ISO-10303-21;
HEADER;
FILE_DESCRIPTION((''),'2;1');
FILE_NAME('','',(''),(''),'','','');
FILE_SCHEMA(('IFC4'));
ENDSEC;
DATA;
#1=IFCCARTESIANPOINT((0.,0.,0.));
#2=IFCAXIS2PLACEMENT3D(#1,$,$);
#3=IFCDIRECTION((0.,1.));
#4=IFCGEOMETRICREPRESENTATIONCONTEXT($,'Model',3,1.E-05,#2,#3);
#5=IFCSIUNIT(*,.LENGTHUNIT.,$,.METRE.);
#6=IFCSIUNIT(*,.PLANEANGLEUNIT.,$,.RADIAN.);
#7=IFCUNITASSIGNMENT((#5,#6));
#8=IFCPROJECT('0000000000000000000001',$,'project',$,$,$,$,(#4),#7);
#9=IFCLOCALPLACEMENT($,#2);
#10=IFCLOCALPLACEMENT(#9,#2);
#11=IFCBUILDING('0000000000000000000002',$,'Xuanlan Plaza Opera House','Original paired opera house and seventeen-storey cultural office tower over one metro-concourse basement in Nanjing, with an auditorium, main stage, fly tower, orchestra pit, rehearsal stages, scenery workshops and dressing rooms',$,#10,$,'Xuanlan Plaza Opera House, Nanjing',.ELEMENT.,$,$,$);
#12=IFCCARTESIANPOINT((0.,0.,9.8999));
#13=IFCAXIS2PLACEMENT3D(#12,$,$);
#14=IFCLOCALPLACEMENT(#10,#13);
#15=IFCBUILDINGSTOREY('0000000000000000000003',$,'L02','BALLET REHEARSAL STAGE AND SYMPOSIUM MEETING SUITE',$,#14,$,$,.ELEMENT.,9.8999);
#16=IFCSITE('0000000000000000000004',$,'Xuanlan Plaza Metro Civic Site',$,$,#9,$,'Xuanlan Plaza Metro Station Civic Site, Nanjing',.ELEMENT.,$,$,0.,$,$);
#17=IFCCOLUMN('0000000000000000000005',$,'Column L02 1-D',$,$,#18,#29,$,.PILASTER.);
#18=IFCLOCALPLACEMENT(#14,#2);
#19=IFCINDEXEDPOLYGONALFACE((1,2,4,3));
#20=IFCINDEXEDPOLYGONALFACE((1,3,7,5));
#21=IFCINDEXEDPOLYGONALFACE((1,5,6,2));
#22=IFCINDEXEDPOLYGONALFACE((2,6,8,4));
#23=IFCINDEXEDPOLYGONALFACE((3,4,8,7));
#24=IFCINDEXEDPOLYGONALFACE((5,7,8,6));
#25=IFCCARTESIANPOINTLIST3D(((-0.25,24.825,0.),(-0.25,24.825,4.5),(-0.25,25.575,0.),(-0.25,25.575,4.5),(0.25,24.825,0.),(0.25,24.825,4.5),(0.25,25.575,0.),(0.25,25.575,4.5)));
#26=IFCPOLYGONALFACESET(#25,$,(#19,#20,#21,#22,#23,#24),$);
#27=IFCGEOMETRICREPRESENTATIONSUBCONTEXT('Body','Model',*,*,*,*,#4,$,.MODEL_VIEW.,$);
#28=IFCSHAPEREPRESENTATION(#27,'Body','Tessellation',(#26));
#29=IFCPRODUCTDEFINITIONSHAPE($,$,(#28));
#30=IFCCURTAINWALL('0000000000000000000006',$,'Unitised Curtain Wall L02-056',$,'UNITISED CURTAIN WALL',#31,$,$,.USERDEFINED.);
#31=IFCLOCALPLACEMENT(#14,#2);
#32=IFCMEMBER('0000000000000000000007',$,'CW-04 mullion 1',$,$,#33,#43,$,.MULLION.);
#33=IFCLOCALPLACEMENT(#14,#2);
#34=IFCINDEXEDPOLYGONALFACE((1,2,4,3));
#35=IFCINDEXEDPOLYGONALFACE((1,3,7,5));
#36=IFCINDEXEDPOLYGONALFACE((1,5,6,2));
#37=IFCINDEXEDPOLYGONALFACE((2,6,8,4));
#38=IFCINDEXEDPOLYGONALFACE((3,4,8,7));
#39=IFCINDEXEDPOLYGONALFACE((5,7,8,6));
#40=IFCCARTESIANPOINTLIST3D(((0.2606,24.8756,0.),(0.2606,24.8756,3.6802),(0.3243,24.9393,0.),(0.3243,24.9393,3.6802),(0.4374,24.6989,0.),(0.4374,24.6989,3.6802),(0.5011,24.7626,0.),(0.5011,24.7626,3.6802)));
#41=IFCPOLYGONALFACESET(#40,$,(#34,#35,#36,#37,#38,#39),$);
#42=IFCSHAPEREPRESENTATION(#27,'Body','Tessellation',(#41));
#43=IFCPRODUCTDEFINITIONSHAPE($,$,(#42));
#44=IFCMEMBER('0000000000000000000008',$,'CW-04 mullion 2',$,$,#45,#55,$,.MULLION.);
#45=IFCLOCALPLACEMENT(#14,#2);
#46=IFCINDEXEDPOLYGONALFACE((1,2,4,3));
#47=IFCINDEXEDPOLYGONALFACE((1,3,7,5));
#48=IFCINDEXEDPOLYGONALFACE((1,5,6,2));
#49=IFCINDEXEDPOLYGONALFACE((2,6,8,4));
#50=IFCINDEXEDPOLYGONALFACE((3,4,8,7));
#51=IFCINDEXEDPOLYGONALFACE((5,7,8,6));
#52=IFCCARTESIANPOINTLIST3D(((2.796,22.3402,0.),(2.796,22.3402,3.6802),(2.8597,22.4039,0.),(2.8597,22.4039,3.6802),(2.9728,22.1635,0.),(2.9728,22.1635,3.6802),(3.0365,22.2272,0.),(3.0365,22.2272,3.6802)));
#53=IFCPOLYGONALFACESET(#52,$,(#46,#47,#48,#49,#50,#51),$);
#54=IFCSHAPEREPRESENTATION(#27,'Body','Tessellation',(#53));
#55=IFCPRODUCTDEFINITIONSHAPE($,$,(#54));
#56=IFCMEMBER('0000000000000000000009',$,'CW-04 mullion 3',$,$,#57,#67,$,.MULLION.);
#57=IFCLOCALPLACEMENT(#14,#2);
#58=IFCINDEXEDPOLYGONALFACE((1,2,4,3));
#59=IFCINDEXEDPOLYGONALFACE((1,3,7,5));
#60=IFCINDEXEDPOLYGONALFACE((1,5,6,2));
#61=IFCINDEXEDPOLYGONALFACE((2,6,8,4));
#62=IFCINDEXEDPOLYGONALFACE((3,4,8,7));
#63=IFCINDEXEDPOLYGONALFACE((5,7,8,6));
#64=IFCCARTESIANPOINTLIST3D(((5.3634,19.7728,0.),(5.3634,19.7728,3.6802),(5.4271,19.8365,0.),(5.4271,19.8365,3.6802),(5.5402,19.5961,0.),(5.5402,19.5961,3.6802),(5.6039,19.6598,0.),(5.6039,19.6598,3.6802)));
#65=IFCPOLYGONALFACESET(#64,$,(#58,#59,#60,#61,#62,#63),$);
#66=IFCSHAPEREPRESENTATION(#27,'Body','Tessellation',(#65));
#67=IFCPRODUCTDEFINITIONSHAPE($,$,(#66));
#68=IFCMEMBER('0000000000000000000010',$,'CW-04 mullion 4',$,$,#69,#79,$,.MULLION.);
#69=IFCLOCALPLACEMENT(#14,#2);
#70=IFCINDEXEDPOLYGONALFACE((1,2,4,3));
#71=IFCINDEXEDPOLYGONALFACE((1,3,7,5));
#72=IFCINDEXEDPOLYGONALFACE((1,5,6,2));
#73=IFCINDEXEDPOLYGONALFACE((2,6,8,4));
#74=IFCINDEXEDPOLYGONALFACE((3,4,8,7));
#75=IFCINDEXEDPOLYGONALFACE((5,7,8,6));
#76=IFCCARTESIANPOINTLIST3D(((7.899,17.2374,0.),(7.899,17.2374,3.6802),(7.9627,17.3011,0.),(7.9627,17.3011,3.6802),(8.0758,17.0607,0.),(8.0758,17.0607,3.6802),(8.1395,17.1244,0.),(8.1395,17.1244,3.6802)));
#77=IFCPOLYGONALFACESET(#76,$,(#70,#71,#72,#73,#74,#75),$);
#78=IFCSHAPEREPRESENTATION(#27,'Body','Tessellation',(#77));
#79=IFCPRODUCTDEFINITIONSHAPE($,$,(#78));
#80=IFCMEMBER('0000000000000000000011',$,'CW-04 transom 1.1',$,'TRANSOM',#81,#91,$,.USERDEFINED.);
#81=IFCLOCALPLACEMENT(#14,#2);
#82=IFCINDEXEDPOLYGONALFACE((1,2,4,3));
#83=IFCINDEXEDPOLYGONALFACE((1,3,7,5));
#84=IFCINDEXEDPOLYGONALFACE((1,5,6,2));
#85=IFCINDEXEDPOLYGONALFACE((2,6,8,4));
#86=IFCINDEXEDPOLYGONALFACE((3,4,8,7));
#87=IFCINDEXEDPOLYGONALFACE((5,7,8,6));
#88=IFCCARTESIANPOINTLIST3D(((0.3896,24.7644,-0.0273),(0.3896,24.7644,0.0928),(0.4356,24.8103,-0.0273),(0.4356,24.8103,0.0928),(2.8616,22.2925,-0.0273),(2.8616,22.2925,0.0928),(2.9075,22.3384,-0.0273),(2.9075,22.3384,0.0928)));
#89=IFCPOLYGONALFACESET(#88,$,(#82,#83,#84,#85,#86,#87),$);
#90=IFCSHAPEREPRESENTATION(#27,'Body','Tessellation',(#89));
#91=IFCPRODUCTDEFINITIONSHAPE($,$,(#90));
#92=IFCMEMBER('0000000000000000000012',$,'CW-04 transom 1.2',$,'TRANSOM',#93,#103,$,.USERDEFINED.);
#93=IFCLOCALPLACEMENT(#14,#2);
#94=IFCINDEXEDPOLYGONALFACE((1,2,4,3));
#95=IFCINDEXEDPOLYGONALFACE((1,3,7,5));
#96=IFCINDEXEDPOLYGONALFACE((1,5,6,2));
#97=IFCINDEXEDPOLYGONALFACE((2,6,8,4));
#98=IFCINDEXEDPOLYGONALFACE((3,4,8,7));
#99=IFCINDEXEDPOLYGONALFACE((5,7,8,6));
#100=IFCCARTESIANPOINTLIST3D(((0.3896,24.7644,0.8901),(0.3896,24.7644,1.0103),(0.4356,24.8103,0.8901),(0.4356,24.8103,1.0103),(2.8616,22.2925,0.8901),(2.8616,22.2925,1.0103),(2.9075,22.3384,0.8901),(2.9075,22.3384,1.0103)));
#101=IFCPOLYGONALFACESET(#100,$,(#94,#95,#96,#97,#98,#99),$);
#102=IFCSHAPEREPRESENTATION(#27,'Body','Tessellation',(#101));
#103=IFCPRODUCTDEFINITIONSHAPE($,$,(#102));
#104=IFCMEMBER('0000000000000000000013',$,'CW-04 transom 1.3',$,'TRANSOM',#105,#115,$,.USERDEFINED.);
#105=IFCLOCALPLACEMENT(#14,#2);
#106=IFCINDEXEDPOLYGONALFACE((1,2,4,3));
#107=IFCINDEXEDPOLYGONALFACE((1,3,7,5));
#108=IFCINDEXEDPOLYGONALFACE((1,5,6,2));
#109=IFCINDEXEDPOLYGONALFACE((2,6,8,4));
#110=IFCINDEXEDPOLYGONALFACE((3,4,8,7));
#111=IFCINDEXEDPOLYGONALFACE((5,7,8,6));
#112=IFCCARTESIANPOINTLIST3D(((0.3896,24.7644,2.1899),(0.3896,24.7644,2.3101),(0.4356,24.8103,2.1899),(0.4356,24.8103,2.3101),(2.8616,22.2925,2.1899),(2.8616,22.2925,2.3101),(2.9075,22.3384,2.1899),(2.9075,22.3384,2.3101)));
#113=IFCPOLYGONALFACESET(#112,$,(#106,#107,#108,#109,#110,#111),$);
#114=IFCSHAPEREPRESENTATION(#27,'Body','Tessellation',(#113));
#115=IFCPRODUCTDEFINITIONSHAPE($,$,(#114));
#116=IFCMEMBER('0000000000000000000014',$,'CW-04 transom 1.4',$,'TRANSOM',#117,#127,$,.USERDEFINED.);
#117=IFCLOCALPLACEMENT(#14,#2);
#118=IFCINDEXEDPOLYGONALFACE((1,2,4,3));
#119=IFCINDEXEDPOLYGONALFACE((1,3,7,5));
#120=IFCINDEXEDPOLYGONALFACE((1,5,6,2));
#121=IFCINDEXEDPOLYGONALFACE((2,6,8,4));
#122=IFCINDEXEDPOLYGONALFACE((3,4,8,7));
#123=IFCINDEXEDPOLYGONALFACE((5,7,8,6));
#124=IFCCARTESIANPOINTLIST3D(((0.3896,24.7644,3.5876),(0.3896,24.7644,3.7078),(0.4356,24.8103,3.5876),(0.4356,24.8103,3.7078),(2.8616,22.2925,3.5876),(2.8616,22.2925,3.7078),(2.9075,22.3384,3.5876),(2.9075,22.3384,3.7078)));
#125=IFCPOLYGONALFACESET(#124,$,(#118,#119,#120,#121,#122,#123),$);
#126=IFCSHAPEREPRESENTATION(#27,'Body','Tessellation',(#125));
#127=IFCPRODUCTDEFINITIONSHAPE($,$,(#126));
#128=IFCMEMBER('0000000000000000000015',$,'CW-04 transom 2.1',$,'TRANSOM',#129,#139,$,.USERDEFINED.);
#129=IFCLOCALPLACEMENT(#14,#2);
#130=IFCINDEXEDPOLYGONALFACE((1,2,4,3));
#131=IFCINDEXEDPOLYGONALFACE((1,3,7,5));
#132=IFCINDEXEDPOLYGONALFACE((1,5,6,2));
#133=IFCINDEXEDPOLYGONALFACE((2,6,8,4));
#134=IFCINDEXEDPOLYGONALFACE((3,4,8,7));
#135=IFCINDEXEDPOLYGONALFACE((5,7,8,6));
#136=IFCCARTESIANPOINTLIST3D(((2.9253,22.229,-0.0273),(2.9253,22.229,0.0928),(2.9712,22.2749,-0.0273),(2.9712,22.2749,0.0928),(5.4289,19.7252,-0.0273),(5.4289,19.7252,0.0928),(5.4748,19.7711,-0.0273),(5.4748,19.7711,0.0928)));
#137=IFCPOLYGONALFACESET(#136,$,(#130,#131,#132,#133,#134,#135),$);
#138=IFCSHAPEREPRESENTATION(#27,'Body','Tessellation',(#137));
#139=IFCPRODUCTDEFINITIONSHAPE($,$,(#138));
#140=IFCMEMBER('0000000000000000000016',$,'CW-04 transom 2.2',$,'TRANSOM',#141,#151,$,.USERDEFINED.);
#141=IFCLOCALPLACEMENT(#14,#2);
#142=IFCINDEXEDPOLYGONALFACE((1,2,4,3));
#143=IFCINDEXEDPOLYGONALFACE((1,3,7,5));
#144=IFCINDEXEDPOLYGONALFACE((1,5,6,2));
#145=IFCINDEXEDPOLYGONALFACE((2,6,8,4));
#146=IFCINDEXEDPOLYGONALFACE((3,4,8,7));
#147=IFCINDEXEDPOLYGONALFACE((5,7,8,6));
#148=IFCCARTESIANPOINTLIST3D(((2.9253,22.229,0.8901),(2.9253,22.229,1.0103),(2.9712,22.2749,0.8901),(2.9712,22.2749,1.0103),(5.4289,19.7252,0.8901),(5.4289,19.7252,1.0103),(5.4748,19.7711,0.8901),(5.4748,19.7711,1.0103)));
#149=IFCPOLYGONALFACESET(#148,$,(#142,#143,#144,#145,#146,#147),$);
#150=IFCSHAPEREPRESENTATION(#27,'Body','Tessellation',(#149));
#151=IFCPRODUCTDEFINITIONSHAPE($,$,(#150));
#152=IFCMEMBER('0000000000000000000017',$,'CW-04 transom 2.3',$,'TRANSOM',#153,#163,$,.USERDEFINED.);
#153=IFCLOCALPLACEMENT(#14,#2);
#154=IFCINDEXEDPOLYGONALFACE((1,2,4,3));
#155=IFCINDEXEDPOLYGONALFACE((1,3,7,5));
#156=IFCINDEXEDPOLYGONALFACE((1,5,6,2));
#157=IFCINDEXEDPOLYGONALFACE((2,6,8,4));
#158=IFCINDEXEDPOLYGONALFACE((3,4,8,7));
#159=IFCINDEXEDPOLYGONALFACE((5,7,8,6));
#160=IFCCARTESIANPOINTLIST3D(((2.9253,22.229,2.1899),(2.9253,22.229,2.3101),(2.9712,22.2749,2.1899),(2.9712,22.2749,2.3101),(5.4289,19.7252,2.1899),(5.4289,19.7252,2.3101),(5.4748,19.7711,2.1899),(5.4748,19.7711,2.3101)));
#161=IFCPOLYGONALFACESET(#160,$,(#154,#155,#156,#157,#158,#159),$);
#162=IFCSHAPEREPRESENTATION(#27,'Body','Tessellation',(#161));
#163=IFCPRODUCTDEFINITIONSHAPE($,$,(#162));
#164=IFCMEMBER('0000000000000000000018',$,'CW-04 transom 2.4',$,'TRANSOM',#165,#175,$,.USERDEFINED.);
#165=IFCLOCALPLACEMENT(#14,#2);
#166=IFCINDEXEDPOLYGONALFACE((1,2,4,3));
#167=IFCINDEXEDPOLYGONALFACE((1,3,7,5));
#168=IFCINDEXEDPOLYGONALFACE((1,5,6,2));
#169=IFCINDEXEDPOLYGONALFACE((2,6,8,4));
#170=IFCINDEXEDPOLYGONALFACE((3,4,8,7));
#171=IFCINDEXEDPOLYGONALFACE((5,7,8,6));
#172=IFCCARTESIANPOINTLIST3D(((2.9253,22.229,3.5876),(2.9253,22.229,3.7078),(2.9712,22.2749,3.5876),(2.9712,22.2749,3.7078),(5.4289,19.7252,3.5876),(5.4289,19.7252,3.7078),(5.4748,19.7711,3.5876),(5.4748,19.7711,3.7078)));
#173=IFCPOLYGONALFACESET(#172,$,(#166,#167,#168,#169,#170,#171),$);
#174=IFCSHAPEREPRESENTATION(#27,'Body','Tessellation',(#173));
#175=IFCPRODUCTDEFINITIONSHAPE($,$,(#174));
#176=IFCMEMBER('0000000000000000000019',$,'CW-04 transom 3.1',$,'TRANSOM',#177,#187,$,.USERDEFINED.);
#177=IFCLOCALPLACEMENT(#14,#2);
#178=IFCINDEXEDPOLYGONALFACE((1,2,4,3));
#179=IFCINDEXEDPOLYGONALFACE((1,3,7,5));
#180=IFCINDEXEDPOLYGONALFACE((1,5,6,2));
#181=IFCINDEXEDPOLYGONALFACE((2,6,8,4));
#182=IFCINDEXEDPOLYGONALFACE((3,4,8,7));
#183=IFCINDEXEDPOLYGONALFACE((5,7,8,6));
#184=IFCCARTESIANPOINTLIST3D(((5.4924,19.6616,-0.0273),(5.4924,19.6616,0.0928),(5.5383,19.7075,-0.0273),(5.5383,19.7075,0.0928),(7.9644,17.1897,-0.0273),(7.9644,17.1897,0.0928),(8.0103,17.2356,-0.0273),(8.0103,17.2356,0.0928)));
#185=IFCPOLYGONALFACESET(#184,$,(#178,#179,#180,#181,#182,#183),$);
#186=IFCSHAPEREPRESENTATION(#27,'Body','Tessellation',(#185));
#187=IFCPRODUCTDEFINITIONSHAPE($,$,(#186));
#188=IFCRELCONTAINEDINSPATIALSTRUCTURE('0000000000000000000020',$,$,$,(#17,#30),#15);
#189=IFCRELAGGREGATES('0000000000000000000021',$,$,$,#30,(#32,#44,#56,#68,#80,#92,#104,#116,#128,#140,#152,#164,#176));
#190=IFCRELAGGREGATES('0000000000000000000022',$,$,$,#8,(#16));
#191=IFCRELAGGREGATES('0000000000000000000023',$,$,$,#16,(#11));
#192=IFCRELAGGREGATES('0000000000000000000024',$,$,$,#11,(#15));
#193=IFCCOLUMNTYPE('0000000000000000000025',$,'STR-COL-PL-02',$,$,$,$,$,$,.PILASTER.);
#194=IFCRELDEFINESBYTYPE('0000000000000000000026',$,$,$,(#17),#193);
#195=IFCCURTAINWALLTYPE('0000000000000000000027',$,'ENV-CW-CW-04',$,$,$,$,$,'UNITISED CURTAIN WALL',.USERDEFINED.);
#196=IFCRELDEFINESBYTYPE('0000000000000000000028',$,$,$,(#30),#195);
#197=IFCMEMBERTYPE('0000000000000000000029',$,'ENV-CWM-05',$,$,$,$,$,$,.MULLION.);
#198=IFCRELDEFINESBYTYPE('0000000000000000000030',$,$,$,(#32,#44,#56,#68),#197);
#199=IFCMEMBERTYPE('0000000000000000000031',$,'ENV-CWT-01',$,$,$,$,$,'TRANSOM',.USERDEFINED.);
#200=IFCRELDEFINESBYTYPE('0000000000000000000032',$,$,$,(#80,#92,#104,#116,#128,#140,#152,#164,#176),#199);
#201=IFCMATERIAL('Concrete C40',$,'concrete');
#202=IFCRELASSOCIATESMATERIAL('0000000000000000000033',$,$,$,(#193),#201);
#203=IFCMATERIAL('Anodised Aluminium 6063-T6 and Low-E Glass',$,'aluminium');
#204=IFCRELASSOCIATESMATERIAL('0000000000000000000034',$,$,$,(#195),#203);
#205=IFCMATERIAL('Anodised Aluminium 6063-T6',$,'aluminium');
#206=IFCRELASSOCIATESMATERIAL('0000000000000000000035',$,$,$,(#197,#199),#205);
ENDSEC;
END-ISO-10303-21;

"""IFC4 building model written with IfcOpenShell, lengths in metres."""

from ifc_helpers import new_model, si_unit, direction, frame, origin, origin_2d, place, context, subcontext, project, spatial, rectangle, extrude, material, material_profile, profile_set, type_object, element, aggregate, save


model = new_model("IFC4")

# Units and contexts
model_context = context("Model", 3, precision=1e-05, world=origin(), true_north=direction((0.0, 1.0)))
body_context = subcontext(model_context, "Body", "Model", "MODEL_VIEW")
ifc_project = project(units=[si_unit("LENGTHUNIT", "METRE"), si_unit("PLANEANGLEUNIT", "RADIAN")], contexts=[model_context])

# Site, building, storey
site_placement = place(None, origin())
site = spatial("IfcSite", under=ifc_project, at=site_placement, Name="Xuanlan Plaza Metro Civic Site", LongName="Xuanlan Plaza Metro Station Civic Site, Nanjing", CompositionType="ELEMENT", RefElevation=0.0)
building_placement = place(site_placement, origin())
building = spatial("IfcBuilding", under=site, at=building_placement, Name="Xuanlan Plaza Opera House", Description="Original paired opera house and seventeen-storey cultural office tower over one metro-concourse basement in Nanjing, with an auditorium, main stage, fly tower, orchestra pit, rehearsal stages, scenery workshops and dressing rooms", LongName="Xuanlan Plaza Opera House, Nanjing", CompositionType="ELEMENT")
storey_placement = place(building_placement, frame((0.0, 0.0, 9.8999)))
storey = spatial("IfcBuildingStorey", under=building, at=storey_placement, Name="L02", Description="BALLET REHEARSAL STAGE AND SYMPOSIUM MEETING SUITE", CompositionType="ELEMENT", Elevation=9.8999)

# Column
ifc_material_1 = material(Name="Concrete C40", Category="concrete")
ifc_material_profile_1 = material_profile(ifc_material_1, rectangle(XDim=0.5, YDim=0.75, at=origin_2d()), Name="RC-PIL 500x750")
ifc_profile_set_1 = profile_set([ifc_material_profile_1], Name="Concrete C40")
column_type = type_object("IfcColumnType", Name="STR-COL-PL-02", PredefinedType="PILASTER", material=ifc_profile_set_1)
column_placement = place(storey_placement, frame((0.0, 25.2, 0.0), z_axis=(0.0, 0.0, 1.0), x_axis=(1.0, 0.0, 0.0)))
element("IfcColumn", 1, at=column_placement, inside=storey, type_object=column_type, Name="Column L02 1-D", PredefinedType="PILASTER", context=body_context, shape_type="SweptSolid", body=[
    extrude(rectangle(XDim=0.5, YDim=0.75, at=origin_2d()), origin(), (0.0, 0.0, 1.0), 4.5),
])

# Curtain wall, members
ifc_material_2 = material(Name="Anodised Aluminium 6063-T6 and Low-E Glass", Category="aluminium")
curtain_wall_type = type_object("IfcCurtainWallType", Name="ENV-CW-CW-04", ElementType="UNITISED CURTAIN WALL", PredefinedType="USERDEFINED", material=ifc_material_2)
curtain_wall_placement = place(storey_placement, origin())
curtain_wall = element("IfcCurtainWall", 2, at=curtain_wall_placement, inside=storey, type_object=curtain_wall_type, Name="Unitised Curtain Wall L02-056", ObjectType="UNITISED CURTAIN WALL", PredefinedType="USERDEFINED")
ifc_material_3 = material(Name="Anodised Aluminium 6063-T6", Category="aluminium")
ifc_material_profile_2 = material_profile(ifc_material_3, rectangle(XDim=0.0901, YDim=0.25, at=origin_2d()), Name="ALU-M 90x250")
ifc_profile_set_2 = profile_set([ifc_material_profile_2], Name="Anodised Aluminium 6063-T6")
member_type_1 = type_object("IfcMemberType", Name="ENV-CWM-05", PredefinedType="MULLION", material=ifc_profile_set_2)
member_1_placement = place(storey_placement, frame((0.3809, 24.8191, 0.0), z_axis=(0.0, 0.0, 1.0), x_axis=(0.707107, 0.707107, 0.0)))
member_1 = element("IfcMember", 3, at=member_1_placement, type_object=member_type_1, Name="CW-04 mullion 1", PredefinedType="MULLION", context=body_context, shape_type="SweptSolid", body=[
    extrude(rectangle(XDim=0.0901, YDim=0.25, at=origin_2d()), origin(), (0.0, 0.0, 1.0), 3.6802),
])
member_2_placement = place(storey_placement, frame((2.9163, 22.2837, 0.0), z_axis=(0.0, 0.0, 1.0), x_axis=(0.707107, 0.707107, 0.0)))
member_2 = element("IfcMember", 4, at=member_2_placement, type_object=member_type_1, Name="CW-04 mullion 2", PredefinedType="MULLION", context=body_context, shape_type="SweptSolid", body=[
    extrude(rectangle(XDim=0.0901, YDim=0.25, at=origin_2d()), origin(), (0.0, 0.0, 1.0), 3.6802),
])
member_3_placement = place(storey_placement, frame((5.4836, 19.7163, 0.0), z_axis=(0.0, 0.0, 1.0), x_axis=(0.707107, 0.707107, 0.0)))
member_3 = element("IfcMember", 5, at=member_3_placement, type_object=member_type_1, Name="CW-04 mullion 3", PredefinedType="MULLION", context=body_context, shape_type="SweptSolid", body=[
    extrude(rectangle(XDim=0.0901, YDim=0.25, at=origin_2d()), origin(), (0.0, 0.0, 1.0), 3.6802),
])
member_4_placement = place(storey_placement, frame((8.0193, 17.1809, 0.0), z_axis=(0.0, 0.0, 1.0), x_axis=(0.707107, 0.707107, 0.0)))
member_4 = element("IfcMember", 6, at=member_4_placement, type_object=member_type_1, Name="CW-04 mullion 4", PredefinedType="MULLION", context=body_context, shape_type="SweptSolid", body=[
    extrude(rectangle(XDim=0.0901, YDim=0.25, at=origin_2d()), origin(), (0.0, 0.0, 1.0), 3.6802),
])
ifc_material_profile_3 = material_profile(ifc_material_3, rectangle(XDim=0.0649, YDim=0.1201, at=origin_2d()), Name="ALU-T 65x120")
ifc_profile_set_3 = profile_set([ifc_material_profile_3], Name="Anodised Aluminium 6063-T6")
member_type_2 = type_object("IfcMemberType", Name="ENV-CWT-01", ElementType="TRANSOM", PredefinedType="USERDEFINED", material=ifc_profile_set_3)
member_5_placement = place(storey_placement, frame((0.4126, 24.7874, 0.0327), z_axis=(0.707107, -0.707107, 0.0), x_axis=(0.707107, 0.707107, 0.0)))
member_5 = element("IfcMember", 7, at=member_5_placement, type_object=member_type_2, Name="CW-04 transom 1.1", ObjectType="TRANSOM", PredefinedType="USERDEFINED", context=body_context, shape_type="SweptSolid", body=[
    extrude(rectangle(XDim=0.0649, YDim=0.1201, at=origin_2d()), origin(), (0.0, 0.0, 1.0), 3.4958),
])
member_6_placement = place(storey_placement, frame((0.4126, 24.7874, 0.9502), z_axis=(0.707107, -0.707107, 0.0), x_axis=(0.707107, 0.707107, 0.0)))
member_6 = element("IfcMember", 8, at=member_6_placement, type_object=member_type_2, Name="CW-04 transom 1.2", ObjectType="TRANSOM", PredefinedType="USERDEFINED", context=body_context, shape_type="SweptSolid", body=[
    extrude(rectangle(XDim=0.0649, YDim=0.1201, at=origin_2d()), origin(), (0.0, 0.0, 1.0), 3.4958),
])
member_7_placement = place(storey_placement, frame((0.4126, 24.7874, 2.25), z_axis=(0.707107, -0.707107, 0.0), x_axis=(0.707107, 0.707107, 0.0)))
member_7 = element("IfcMember", 9, at=member_7_placement, type_object=member_type_2, Name="CW-04 transom 1.3", ObjectType="TRANSOM", PredefinedType="USERDEFINED", context=body_context, shape_type="SweptSolid", body=[
    extrude(rectangle(XDim=0.0649, YDim=0.1201, at=origin_2d()), origin(), (0.0, 0.0, 1.0), 3.4958),
])
member_8_placement = place(storey_placement, frame((0.4126, 24.7874, 3.6477), z_axis=(0.707107, -0.707107, 0.0), x_axis=(0.707107, 0.707107, 0.0)))
member_8 = element("IfcMember", 10, at=member_8_placement, type_object=member_type_2, Name="CW-04 transom 1.4", ObjectType="TRANSOM", PredefinedType="USERDEFINED", context=body_context, shape_type="SweptSolid", body=[
    extrude(rectangle(XDim=0.0649, YDim=0.1201, at=origin_2d()), origin(), (0.0, 0.0, 1.0), 3.4958),
])
member_9_placement = place(storey_placement, frame((2.9482, 22.252, 0.0327), z_axis=(0.707072, -0.707141, 0.0), x_axis=(0.707141, 0.707072, 0.0)))
member_9 = element("IfcMember", 11, at=member_9_placement, type_object=member_type_2, Name="CW-04 transom 2.1", ObjectType="TRANSOM", PredefinedType="USERDEFINED", context=body_context, shape_type="SweptSolid", body=[
    extrude(rectangle(XDim=0.0649, YDim=0.1201, at=origin_2d()), origin(), (0.0, 0.0, 1.0), 3.5408),
])
member_10_placement = place(storey_placement, frame((2.9482, 22.252, 0.9502), z_axis=(0.707072, -0.707141, 0.0), x_axis=(0.707141, 0.707072, 0.0)))
member_10 = element("IfcMember", 12, at=member_10_placement, type_object=member_type_2, Name="CW-04 transom 2.2", ObjectType="TRANSOM", PredefinedType="USERDEFINED", context=body_context, shape_type="SweptSolid", body=[
    extrude(rectangle(XDim=0.0649, YDim=0.1201, at=origin_2d()), origin(), (0.0, 0.0, 1.0), 3.5408),
])
member_11_placement = place(storey_placement, frame((2.9482, 22.252, 2.25), z_axis=(0.707072, -0.707141, 0.0), x_axis=(0.707141, 0.707072, 0.0)))
member_11 = element("IfcMember", 13, at=member_11_placement, type_object=member_type_2, Name="CW-04 transom 2.3", ObjectType="TRANSOM", PredefinedType="USERDEFINED", context=body_context, shape_type="SweptSolid", body=[
    extrude(rectangle(XDim=0.0649, YDim=0.1201, at=origin_2d()), origin(), (0.0, 0.0, 1.0), 3.5408),
])
member_12_placement = place(storey_placement, frame((2.9482, 22.252, 3.6477), z_axis=(0.707072, -0.707141, 0.0), x_axis=(0.707141, 0.707072, 0.0)))
member_12 = element("IfcMember", 14, at=member_12_placement, type_object=member_type_2, Name="CW-04 transom 2.4", ObjectType="TRANSOM", PredefinedType="USERDEFINED", context=body_context, shape_type="SweptSolid", body=[
    extrude(rectangle(XDim=0.0649, YDim=0.1201, at=origin_2d()), origin(), (0.0, 0.0, 1.0), 3.5408),
])
member_13_placement = place(storey_placement, frame((5.5154, 19.6846, 0.0327), z_axis=(0.707107, -0.707107, 0.0), x_axis=(0.707107, 0.707107, 0.0)))
member_13 = element("IfcMember", 15, at=member_13_placement, type_object=member_type_2, Name="CW-04 transom 3.1", ObjectType="TRANSOM", PredefinedType="USERDEFINED", context=body_context, shape_type="SweptSolid", body=[
    extrude(rectangle(XDim=0.0649, YDim=0.1201, at=origin_2d()), origin(), (0.0, 0.0, 1.0), 3.4958),
])
aggregate(curtain_wall, [member_1, member_2, member_3, member_4, member_5, member_6, member_7, member_8, member_9, member_10, member_11, member_12, member_13])

save(model, "model.ifc")
